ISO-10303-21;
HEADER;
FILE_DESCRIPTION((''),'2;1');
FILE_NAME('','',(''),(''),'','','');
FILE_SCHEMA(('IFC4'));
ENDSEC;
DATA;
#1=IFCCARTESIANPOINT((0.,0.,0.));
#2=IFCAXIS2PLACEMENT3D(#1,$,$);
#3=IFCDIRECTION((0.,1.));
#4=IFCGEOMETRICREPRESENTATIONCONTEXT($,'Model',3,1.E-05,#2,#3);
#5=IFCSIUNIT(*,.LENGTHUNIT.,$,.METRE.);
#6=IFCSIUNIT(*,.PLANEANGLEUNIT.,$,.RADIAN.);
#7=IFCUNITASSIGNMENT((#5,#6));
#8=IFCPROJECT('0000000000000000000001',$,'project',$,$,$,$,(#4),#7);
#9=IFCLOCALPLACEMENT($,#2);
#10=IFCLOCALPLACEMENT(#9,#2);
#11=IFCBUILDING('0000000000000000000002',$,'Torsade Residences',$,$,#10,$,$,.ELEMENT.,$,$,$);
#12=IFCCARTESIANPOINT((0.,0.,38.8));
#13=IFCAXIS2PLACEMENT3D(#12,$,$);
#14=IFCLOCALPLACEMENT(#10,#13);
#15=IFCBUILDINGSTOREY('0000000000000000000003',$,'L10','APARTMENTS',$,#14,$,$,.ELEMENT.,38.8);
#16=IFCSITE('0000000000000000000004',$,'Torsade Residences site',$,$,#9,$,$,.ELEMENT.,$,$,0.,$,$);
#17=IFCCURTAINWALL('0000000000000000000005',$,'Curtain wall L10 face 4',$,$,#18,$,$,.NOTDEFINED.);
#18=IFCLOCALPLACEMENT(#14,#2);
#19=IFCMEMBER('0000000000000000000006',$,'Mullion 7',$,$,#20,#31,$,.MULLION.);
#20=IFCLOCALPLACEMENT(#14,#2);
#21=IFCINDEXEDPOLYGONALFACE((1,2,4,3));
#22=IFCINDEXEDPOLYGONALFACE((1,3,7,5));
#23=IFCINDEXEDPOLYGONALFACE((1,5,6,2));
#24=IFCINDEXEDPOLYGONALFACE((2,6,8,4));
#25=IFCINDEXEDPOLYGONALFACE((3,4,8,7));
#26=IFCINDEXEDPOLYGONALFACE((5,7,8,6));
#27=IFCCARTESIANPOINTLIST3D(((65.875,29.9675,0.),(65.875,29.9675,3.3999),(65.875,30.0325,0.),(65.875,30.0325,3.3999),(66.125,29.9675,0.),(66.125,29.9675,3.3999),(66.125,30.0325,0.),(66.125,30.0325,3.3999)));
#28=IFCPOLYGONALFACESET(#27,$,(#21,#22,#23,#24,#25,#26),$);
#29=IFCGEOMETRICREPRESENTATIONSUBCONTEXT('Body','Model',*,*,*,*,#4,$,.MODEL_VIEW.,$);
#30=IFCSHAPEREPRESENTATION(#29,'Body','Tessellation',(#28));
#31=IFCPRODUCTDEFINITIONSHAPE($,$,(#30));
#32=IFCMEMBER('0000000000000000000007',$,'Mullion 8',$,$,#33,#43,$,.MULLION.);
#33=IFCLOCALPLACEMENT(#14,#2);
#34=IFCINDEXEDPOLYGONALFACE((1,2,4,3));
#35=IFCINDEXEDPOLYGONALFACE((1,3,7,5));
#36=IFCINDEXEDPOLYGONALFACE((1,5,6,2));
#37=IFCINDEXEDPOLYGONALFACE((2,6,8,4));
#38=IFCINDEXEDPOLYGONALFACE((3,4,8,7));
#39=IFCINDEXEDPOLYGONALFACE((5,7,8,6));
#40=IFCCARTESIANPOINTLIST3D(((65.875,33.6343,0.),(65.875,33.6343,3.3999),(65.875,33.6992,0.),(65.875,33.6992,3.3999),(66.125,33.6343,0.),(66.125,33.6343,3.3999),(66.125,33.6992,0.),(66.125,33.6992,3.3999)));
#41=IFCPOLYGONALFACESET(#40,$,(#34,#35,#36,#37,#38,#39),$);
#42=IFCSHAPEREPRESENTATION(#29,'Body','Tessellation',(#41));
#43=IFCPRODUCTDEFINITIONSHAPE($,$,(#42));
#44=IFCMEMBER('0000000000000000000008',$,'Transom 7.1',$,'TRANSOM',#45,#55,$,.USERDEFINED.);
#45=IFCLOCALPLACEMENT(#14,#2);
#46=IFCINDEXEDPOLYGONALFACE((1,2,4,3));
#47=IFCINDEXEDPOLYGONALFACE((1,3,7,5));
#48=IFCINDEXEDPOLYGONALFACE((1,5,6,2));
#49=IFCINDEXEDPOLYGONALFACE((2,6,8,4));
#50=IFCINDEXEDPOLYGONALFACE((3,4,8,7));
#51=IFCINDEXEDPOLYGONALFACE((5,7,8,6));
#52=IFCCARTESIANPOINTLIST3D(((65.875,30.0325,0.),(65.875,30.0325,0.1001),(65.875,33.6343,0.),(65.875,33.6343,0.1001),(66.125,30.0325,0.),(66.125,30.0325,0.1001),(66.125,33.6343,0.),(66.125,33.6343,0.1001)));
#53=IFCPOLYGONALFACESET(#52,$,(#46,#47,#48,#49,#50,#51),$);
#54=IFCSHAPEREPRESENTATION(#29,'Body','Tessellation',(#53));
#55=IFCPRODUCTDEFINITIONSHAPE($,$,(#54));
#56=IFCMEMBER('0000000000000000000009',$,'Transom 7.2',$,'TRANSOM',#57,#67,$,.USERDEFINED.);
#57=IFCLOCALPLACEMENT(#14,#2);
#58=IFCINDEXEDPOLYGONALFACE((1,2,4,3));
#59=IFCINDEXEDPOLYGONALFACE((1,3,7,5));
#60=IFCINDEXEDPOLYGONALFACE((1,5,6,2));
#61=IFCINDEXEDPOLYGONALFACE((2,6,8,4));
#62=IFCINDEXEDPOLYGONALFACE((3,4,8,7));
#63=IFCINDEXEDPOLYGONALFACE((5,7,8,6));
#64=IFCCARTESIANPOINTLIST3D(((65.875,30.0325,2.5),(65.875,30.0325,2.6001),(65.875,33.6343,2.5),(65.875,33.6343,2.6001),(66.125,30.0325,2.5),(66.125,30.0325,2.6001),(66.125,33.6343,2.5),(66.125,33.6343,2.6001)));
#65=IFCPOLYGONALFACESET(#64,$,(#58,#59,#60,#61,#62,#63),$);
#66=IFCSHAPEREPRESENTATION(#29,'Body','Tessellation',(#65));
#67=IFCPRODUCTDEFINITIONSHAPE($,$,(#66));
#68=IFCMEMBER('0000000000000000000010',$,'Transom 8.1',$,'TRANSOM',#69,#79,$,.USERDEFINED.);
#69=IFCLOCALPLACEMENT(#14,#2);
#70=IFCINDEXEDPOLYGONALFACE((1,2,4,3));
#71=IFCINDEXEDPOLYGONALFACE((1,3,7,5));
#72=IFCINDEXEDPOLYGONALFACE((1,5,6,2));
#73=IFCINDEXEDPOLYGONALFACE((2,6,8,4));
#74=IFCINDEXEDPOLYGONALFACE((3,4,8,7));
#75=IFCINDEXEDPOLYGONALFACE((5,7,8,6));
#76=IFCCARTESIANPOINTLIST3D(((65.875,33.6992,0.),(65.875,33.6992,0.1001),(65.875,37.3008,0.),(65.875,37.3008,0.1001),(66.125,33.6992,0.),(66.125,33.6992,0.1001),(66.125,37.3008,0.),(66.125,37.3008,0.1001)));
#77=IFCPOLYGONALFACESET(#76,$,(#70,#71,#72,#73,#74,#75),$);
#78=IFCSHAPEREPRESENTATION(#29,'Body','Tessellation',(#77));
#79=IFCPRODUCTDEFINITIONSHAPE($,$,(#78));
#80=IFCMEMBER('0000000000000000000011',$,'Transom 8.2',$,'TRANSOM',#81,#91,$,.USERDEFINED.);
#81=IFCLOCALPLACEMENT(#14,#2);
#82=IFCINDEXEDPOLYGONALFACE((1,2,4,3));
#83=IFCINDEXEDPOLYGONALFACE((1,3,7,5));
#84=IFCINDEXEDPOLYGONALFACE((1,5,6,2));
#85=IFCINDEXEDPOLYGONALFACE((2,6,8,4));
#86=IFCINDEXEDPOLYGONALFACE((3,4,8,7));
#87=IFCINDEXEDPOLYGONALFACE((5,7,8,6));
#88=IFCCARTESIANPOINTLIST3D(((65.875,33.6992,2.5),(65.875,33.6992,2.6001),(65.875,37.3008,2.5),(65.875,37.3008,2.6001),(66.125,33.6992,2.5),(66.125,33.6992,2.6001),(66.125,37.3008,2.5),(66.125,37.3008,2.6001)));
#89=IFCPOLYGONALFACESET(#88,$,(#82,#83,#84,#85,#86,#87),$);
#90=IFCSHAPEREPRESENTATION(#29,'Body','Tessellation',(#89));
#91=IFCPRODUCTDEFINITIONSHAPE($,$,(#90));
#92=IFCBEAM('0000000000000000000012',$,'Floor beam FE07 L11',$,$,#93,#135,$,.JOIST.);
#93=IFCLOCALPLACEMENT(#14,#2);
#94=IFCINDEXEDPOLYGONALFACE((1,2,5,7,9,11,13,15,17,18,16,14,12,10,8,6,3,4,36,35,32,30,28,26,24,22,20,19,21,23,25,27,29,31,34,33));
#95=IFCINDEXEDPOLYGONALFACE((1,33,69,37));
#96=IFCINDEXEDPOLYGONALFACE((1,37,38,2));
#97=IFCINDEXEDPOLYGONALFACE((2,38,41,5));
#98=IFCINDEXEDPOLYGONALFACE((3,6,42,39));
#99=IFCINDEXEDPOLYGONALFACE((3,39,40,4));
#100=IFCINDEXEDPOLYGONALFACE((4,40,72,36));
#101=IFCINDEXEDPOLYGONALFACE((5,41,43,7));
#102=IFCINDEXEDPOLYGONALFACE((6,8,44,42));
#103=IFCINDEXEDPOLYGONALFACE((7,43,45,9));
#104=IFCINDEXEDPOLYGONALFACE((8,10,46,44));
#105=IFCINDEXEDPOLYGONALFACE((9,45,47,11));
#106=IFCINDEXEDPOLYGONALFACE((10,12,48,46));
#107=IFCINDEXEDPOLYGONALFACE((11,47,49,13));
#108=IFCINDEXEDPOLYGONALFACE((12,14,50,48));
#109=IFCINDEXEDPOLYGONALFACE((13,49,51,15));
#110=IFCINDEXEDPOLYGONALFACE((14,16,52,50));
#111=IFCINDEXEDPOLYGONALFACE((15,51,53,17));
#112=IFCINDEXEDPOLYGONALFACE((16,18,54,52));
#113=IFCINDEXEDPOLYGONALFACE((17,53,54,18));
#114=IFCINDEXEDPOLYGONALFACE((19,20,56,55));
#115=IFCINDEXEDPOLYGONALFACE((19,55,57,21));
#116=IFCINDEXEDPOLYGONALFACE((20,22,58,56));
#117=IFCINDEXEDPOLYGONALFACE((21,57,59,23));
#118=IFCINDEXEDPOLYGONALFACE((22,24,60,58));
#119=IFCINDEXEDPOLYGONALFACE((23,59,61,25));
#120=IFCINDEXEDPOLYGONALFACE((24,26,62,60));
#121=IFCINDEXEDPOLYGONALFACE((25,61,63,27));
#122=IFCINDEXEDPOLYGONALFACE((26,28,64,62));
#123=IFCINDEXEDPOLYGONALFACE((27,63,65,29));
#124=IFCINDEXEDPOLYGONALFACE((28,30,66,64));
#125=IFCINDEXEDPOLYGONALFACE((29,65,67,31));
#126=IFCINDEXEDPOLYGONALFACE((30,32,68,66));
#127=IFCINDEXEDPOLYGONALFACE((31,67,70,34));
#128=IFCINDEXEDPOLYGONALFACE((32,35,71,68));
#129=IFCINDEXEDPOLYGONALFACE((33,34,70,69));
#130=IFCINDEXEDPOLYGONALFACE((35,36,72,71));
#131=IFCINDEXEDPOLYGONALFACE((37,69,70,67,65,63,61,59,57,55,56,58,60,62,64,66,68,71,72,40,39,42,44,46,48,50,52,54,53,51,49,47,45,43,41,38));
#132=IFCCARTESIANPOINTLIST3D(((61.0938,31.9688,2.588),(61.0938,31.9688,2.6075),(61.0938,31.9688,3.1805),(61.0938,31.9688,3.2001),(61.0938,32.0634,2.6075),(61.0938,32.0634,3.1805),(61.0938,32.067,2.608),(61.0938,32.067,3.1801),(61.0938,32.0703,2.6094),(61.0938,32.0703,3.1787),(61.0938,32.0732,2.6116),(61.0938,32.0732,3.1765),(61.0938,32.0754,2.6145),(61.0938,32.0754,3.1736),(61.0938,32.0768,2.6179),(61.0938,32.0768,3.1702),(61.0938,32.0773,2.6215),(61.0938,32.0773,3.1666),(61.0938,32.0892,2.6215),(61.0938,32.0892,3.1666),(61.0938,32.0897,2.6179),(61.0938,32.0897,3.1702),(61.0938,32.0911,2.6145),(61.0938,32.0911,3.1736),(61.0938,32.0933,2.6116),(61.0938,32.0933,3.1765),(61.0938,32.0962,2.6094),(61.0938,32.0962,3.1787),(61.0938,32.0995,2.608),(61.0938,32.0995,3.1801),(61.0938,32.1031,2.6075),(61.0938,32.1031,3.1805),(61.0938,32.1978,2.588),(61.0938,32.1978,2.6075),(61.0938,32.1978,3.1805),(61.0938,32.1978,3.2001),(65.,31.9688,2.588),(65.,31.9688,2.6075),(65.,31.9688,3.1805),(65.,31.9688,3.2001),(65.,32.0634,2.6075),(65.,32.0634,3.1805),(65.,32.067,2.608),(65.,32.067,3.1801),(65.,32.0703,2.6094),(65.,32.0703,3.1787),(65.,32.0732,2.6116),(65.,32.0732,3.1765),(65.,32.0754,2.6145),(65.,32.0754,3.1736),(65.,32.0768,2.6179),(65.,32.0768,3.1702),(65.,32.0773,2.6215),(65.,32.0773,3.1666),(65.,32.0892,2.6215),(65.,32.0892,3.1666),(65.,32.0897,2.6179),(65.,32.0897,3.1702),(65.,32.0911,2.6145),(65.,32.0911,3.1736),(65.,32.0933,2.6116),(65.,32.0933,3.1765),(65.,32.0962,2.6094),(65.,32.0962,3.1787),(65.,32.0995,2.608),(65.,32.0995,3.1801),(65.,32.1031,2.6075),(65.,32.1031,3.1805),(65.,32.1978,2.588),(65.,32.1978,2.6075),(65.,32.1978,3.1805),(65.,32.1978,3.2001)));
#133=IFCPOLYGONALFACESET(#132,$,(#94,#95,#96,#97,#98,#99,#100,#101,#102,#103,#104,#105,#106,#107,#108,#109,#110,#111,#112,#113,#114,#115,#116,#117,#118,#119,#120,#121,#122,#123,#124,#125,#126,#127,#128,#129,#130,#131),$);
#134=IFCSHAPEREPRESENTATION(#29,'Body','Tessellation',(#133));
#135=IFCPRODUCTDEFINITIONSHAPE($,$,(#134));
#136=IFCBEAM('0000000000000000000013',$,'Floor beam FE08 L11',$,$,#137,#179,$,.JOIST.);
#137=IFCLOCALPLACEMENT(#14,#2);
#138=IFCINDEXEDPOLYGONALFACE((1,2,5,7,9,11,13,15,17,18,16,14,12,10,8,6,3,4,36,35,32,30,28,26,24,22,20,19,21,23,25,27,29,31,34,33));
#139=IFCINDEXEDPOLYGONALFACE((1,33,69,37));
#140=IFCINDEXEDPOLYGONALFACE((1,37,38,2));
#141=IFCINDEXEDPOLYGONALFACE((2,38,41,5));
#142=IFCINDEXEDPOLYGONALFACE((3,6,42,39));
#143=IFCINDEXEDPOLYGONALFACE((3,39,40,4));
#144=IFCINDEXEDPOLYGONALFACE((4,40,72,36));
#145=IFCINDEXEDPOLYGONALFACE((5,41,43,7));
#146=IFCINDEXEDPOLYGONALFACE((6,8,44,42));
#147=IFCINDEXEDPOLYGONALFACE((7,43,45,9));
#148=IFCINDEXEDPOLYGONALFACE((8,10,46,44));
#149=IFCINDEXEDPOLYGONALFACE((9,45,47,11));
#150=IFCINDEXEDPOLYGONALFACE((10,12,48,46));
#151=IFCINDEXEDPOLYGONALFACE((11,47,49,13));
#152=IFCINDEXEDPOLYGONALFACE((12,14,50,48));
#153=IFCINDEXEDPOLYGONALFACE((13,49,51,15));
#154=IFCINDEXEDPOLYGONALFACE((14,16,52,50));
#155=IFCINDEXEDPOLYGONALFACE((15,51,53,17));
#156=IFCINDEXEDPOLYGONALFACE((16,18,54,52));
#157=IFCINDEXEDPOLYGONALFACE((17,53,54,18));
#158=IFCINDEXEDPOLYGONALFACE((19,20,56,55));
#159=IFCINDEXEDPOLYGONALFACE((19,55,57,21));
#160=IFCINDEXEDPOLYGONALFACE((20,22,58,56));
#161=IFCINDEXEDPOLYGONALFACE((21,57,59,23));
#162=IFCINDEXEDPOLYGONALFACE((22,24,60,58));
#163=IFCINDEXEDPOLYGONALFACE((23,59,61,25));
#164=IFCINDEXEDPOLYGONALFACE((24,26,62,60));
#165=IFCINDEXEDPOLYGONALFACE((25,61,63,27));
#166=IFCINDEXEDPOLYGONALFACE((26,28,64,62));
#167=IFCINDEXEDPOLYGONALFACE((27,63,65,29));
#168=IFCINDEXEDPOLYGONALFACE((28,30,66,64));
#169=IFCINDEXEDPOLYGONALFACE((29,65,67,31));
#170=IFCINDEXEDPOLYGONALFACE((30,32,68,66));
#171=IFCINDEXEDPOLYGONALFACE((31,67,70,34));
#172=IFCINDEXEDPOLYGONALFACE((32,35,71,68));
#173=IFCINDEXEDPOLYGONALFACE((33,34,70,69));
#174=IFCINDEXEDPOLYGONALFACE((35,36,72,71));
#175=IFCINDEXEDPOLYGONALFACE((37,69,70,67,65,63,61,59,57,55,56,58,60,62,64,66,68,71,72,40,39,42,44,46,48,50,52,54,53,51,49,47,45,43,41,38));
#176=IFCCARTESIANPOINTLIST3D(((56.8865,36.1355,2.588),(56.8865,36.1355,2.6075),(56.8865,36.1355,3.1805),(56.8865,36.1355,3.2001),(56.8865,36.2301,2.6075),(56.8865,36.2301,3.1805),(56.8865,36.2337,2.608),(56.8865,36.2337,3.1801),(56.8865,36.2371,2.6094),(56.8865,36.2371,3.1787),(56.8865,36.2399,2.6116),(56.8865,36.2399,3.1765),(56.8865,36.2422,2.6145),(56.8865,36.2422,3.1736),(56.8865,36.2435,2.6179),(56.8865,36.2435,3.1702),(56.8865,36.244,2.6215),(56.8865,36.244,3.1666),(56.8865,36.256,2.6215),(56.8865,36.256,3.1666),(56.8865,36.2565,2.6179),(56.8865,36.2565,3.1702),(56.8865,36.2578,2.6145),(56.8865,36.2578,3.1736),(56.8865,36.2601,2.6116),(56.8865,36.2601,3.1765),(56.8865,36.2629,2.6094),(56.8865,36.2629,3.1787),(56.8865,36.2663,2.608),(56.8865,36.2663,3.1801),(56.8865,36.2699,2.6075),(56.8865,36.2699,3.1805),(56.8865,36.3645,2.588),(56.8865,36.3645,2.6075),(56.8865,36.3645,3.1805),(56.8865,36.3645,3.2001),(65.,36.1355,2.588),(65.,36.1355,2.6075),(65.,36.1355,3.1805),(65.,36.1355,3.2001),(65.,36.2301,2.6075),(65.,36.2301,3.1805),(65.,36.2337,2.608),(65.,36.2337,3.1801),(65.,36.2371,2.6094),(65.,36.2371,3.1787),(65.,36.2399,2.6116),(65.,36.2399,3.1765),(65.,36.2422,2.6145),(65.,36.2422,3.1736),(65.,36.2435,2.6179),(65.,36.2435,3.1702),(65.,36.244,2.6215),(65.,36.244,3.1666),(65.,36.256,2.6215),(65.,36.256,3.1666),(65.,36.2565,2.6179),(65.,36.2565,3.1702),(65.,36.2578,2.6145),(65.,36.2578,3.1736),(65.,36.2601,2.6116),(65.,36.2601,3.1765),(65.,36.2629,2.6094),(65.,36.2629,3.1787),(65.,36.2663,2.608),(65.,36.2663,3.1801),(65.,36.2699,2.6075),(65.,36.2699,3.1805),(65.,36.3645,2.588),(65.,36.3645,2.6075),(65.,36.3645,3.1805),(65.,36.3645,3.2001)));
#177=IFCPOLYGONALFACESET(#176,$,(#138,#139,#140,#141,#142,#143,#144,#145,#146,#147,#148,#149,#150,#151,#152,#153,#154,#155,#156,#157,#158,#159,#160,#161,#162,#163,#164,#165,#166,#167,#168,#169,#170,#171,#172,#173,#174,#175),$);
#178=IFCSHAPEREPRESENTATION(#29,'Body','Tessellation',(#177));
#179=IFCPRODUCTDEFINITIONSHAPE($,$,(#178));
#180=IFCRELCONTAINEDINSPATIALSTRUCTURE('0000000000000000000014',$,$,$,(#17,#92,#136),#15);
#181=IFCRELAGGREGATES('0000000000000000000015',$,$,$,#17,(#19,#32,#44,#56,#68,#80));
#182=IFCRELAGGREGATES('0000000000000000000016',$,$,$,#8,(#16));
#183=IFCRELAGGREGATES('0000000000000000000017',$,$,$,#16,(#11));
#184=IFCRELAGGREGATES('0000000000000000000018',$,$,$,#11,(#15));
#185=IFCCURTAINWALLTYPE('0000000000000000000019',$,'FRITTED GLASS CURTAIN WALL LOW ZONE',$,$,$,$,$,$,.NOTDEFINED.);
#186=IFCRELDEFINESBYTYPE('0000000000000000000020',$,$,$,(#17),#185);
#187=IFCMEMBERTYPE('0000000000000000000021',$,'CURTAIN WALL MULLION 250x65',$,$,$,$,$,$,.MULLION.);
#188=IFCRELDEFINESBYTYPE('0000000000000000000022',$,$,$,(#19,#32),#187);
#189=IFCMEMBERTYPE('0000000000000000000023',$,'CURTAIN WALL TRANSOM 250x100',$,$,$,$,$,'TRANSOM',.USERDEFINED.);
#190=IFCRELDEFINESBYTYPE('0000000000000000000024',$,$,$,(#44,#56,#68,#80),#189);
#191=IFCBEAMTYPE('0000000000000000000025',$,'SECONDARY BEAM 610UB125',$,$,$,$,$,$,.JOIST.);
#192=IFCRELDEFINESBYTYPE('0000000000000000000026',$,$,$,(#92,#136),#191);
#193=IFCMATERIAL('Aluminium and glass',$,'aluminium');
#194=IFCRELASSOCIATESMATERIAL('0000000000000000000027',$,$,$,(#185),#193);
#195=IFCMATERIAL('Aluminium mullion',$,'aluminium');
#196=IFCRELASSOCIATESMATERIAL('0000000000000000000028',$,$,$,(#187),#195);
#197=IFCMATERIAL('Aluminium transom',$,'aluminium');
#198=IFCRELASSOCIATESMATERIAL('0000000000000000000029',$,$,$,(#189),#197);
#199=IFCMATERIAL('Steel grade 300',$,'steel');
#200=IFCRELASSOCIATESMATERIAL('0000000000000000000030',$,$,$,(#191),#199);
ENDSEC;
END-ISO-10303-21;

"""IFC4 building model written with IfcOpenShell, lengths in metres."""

from ifc_helpers import new_model, si_unit, direction, frame, origin, origin_2d, place, context, subcontext, project, spatial, rectangle, i_section, extrude, material, material_profile, profile_set, type_object, element, aggregate, save


model = new_model("IFC4")

# Units and contexts
model_context = context("Model", 3, precision=1e-05, world=origin(), true_north=direction((0.0, 1.0)))
body_context = subcontext(model_context, "Body", "Model", "MODEL_VIEW")
ifc_project = project(units=[si_unit("LENGTHUNIT", "METRE"), si_unit("PLANEANGLEUNIT", "RADIAN")], contexts=[model_context])

# Site, building, storey
site_placement = place(None, origin())
site = spatial("IfcSite", under=ifc_project, at=site_placement, Name="Torsade Residences site", CompositionType="ELEMENT", RefElevation=0.0)
building_placement = place(site_placement, origin())
building = spatial("IfcBuilding", under=site, at=building_placement, Name="Torsade Residences", CompositionType="ELEMENT")
storey_placement = place(building_placement, frame((0.0, 0.0, 38.8)))
storey = spatial("IfcBuildingStorey", under=building, at=storey_placement, Name="L10", Description="APARTMENTS", CompositionType="ELEMENT", Elevation=38.8)

# Curtain wall, members
ifc_material_1 = material(Name="Aluminium and glass", Category="aluminium")
curtain_wall_type = type_object("IfcCurtainWallType", Name="FRITTED GLASS CURTAIN WALL LOW ZONE", PredefinedType="NOTDEFINED", material=ifc_material_1)
curtain_wall_placement = place(storey_placement, origin())
curtain_wall = element("IfcCurtainWall", 1, at=curtain_wall_placement, inside=storey, type_object=curtain_wall_type, Name="Curtain wall L10 face 4", PredefinedType="NOTDEFINED")
ifc_material_2 = material(Name="Aluminium mullion", Category="aluminium")
ifc_material_profile_1 = material_profile(ifc_material_2, rectangle(XDim=0.25, YDim=0.0649, at=origin_2d()), Name="CURTAIN WALL MULLION 250x65")
ifc_profile_set_1 = profile_set([ifc_material_profile_1], Name="Aluminium mullion")
member_type_1 = type_object("IfcMemberType", Name="CURTAIN WALL MULLION 250x65", PredefinedType="MULLION", material=ifc_profile_set_1)
member_1_placement = place(storey_placement, frame((66.0, 30.0, 0.0), z_axis=(0.0, 0.0, 1.0), x_axis=(-1.0, 0.0, 0.0)))
member_1 = element("IfcMember", 2, at=member_1_placement, type_object=member_type_1, Name="Mullion 7", PredefinedType="MULLION", context=body_context, shape_type="SweptSolid", body=[
    extrude(rectangle(XDim=0.25, YDim=0.0649, at=origin_2d()), origin(), (0.0, 0.0, 1.0), 3.3999),
])
member_2_placement = place(storey_placement, frame((66.0, 33.6667, 0.0), z_axis=(0.0, 0.0, 1.0), x_axis=(-1.0, 0.0, 0.0)))
member_2 = element("IfcMember", 3, at=member_2_placement, type_object=member_type_1, Name="Mullion 8", PredefinedType="MULLION", context=body_context, shape_type="SweptSolid", body=[
    extrude(rectangle(XDim=0.25, YDim=0.0649, at=origin_2d()), origin(), (0.0, 0.0, 1.0), 3.3999),
])
ifc_material_3 = material(Name="Aluminium transom", Category="aluminium")
ifc_material_profile_2 = material_profile(ifc_material_3, rectangle(XDim=0.25, YDim=0.1001, at=origin_2d()), Name="CURTAIN WALL TRANSOM 250x100")
ifc_profile_set_2 = profile_set([ifc_material_profile_2], Name="Aluminium transom")
member_type_2 = type_object("IfcMemberType", Name="CURTAIN WALL TRANSOM 250x100", ElementType="TRANSOM", PredefinedType="USERDEFINED", material=ifc_profile_set_2)
member_3_placement = place(storey_placement, frame((66.0, 30.0325, 0.05), z_axis=(0.0, 1.0, 0.0), x_axis=(-1.0, 0.0, 0.0)))
member_3 = element("IfcMember", 4, at=member_3_placement, type_object=member_type_2, Name="Transom 7.1", ObjectType="TRANSOM", PredefinedType="USERDEFINED", context=body_context, shape_type="SweptSolid", body=[
    extrude(rectangle(XDim=0.25, YDim=0.1001, at=origin_2d()), origin(), (0.0, 0.0, 1.0), 3.6018),
])
member_4_placement = place(storey_placement, frame((66.0, 30.0325, 2.55), z_axis=(0.0, 1.0, 0.0), x_axis=(-1.0, 0.0, 0.0)))
member_4 = element("IfcMember", 5, at=member_4_placement, type_object=member_type_2, Name="Transom 7.2", ObjectType="TRANSOM", PredefinedType="USERDEFINED", context=body_context, shape_type="SweptSolid", body=[
    extrude(rectangle(XDim=0.25, YDim=0.1001, at=origin_2d()), origin(), (0.0, 0.0, 1.0), 3.6018),
])
member_5_placement = place(storey_placement, frame((66.0, 33.6992, 0.05), z_axis=(0.0, 1.0, 0.0), x_axis=(-1.0, 0.0, 0.0)))
member_5 = element("IfcMember", 6, at=member_5_placement, type_object=member_type_2, Name="Transom 8.1", ObjectType="TRANSOM", PredefinedType="USERDEFINED", context=body_context, shape_type="SweptSolid", body=[
    extrude(rectangle(XDim=0.25, YDim=0.1001, at=origin_2d()), origin(), (0.0, 0.0, 1.0), 3.6016),
])
member_6_placement = place(storey_placement, frame((66.0, 33.6992, 2.55), z_axis=(0.0, 1.0, 0.0), x_axis=(-1.0, 0.0, 0.0)))
member_6 = element("IfcMember", 7, at=member_6_placement, type_object=member_type_2, Name="Transom 8.2", ObjectType="TRANSOM", PredefinedType="USERDEFINED", context=body_context, shape_type="SweptSolid", body=[
    extrude(rectangle(XDim=0.25, YDim=0.1001, at=origin_2d()), origin(), (0.0, 0.0, 1.0), 3.6016),
])

# Beams
ifc_material_4 = material(Name="Steel grade 300", Category="steel")
ifc_material_profile_3 = material_profile(ifc_material_4, i_section(OverallWidth=0.229, OverallDepth=0.6121, WebThickness=0.012, FlangeThickness=0.0195, FilletRadius=0.0139, at=origin_2d()), Name="610UB125")
ifc_profile_set_3 = profile_set([ifc_material_profile_3], Name="Steel grade 300")
beam_type_1 = type_object("IfcBeamType", Name="SECONDARY BEAM 610UB125", PredefinedType="JOIST", material=ifc_profile_set_3)
beam_1_placement = place(storey_placement, frame((65.0, 32.0833, 2.894), z_axis=(-1.0, 0.0, 0.0), x_axis=(0.0, -1.0, 0.0)))
element("IfcBeam", 8, at=beam_1_placement, inside=storey, type_object=beam_type_1, Name="Floor beam FE07 L11", PredefinedType="JOIST", context=body_context, shape_type="SweptSolid", body=[
    extrude(i_section(OverallWidth=0.229, OverallDepth=0.6121, WebThickness=0.012, FlangeThickness=0.0195, FilletRadius=0.0139, at=origin_2d()), origin(), (0.0, 0.0, 1.0), 3.9062),
])
beam_2_placement = place(storey_placement, frame((65.0, 36.25, 2.894), z_axis=(-1.0, 0.0, 0.0), x_axis=(0.0, -1.0, 0.0)))
element("IfcBeam", 9, at=beam_2_placement, inside=storey, type_object=beam_type_1, Name="Floor beam FE08 L11", PredefinedType="JOIST", context=body_context, shape_type="SweptSolid", body=[
    extrude(i_section(OverallWidth=0.229, OverallDepth=0.6121, WebThickness=0.012, FlangeThickness=0.0195, FilletRadius=0.0139, at=origin_2d()), origin(), (0.0, 0.0, 1.0), 8.1135),
])

aggregate(curtain_wall, [member_1, member_2, member_3, member_4, member_5, member_6])

save(model, "model.ifc")
